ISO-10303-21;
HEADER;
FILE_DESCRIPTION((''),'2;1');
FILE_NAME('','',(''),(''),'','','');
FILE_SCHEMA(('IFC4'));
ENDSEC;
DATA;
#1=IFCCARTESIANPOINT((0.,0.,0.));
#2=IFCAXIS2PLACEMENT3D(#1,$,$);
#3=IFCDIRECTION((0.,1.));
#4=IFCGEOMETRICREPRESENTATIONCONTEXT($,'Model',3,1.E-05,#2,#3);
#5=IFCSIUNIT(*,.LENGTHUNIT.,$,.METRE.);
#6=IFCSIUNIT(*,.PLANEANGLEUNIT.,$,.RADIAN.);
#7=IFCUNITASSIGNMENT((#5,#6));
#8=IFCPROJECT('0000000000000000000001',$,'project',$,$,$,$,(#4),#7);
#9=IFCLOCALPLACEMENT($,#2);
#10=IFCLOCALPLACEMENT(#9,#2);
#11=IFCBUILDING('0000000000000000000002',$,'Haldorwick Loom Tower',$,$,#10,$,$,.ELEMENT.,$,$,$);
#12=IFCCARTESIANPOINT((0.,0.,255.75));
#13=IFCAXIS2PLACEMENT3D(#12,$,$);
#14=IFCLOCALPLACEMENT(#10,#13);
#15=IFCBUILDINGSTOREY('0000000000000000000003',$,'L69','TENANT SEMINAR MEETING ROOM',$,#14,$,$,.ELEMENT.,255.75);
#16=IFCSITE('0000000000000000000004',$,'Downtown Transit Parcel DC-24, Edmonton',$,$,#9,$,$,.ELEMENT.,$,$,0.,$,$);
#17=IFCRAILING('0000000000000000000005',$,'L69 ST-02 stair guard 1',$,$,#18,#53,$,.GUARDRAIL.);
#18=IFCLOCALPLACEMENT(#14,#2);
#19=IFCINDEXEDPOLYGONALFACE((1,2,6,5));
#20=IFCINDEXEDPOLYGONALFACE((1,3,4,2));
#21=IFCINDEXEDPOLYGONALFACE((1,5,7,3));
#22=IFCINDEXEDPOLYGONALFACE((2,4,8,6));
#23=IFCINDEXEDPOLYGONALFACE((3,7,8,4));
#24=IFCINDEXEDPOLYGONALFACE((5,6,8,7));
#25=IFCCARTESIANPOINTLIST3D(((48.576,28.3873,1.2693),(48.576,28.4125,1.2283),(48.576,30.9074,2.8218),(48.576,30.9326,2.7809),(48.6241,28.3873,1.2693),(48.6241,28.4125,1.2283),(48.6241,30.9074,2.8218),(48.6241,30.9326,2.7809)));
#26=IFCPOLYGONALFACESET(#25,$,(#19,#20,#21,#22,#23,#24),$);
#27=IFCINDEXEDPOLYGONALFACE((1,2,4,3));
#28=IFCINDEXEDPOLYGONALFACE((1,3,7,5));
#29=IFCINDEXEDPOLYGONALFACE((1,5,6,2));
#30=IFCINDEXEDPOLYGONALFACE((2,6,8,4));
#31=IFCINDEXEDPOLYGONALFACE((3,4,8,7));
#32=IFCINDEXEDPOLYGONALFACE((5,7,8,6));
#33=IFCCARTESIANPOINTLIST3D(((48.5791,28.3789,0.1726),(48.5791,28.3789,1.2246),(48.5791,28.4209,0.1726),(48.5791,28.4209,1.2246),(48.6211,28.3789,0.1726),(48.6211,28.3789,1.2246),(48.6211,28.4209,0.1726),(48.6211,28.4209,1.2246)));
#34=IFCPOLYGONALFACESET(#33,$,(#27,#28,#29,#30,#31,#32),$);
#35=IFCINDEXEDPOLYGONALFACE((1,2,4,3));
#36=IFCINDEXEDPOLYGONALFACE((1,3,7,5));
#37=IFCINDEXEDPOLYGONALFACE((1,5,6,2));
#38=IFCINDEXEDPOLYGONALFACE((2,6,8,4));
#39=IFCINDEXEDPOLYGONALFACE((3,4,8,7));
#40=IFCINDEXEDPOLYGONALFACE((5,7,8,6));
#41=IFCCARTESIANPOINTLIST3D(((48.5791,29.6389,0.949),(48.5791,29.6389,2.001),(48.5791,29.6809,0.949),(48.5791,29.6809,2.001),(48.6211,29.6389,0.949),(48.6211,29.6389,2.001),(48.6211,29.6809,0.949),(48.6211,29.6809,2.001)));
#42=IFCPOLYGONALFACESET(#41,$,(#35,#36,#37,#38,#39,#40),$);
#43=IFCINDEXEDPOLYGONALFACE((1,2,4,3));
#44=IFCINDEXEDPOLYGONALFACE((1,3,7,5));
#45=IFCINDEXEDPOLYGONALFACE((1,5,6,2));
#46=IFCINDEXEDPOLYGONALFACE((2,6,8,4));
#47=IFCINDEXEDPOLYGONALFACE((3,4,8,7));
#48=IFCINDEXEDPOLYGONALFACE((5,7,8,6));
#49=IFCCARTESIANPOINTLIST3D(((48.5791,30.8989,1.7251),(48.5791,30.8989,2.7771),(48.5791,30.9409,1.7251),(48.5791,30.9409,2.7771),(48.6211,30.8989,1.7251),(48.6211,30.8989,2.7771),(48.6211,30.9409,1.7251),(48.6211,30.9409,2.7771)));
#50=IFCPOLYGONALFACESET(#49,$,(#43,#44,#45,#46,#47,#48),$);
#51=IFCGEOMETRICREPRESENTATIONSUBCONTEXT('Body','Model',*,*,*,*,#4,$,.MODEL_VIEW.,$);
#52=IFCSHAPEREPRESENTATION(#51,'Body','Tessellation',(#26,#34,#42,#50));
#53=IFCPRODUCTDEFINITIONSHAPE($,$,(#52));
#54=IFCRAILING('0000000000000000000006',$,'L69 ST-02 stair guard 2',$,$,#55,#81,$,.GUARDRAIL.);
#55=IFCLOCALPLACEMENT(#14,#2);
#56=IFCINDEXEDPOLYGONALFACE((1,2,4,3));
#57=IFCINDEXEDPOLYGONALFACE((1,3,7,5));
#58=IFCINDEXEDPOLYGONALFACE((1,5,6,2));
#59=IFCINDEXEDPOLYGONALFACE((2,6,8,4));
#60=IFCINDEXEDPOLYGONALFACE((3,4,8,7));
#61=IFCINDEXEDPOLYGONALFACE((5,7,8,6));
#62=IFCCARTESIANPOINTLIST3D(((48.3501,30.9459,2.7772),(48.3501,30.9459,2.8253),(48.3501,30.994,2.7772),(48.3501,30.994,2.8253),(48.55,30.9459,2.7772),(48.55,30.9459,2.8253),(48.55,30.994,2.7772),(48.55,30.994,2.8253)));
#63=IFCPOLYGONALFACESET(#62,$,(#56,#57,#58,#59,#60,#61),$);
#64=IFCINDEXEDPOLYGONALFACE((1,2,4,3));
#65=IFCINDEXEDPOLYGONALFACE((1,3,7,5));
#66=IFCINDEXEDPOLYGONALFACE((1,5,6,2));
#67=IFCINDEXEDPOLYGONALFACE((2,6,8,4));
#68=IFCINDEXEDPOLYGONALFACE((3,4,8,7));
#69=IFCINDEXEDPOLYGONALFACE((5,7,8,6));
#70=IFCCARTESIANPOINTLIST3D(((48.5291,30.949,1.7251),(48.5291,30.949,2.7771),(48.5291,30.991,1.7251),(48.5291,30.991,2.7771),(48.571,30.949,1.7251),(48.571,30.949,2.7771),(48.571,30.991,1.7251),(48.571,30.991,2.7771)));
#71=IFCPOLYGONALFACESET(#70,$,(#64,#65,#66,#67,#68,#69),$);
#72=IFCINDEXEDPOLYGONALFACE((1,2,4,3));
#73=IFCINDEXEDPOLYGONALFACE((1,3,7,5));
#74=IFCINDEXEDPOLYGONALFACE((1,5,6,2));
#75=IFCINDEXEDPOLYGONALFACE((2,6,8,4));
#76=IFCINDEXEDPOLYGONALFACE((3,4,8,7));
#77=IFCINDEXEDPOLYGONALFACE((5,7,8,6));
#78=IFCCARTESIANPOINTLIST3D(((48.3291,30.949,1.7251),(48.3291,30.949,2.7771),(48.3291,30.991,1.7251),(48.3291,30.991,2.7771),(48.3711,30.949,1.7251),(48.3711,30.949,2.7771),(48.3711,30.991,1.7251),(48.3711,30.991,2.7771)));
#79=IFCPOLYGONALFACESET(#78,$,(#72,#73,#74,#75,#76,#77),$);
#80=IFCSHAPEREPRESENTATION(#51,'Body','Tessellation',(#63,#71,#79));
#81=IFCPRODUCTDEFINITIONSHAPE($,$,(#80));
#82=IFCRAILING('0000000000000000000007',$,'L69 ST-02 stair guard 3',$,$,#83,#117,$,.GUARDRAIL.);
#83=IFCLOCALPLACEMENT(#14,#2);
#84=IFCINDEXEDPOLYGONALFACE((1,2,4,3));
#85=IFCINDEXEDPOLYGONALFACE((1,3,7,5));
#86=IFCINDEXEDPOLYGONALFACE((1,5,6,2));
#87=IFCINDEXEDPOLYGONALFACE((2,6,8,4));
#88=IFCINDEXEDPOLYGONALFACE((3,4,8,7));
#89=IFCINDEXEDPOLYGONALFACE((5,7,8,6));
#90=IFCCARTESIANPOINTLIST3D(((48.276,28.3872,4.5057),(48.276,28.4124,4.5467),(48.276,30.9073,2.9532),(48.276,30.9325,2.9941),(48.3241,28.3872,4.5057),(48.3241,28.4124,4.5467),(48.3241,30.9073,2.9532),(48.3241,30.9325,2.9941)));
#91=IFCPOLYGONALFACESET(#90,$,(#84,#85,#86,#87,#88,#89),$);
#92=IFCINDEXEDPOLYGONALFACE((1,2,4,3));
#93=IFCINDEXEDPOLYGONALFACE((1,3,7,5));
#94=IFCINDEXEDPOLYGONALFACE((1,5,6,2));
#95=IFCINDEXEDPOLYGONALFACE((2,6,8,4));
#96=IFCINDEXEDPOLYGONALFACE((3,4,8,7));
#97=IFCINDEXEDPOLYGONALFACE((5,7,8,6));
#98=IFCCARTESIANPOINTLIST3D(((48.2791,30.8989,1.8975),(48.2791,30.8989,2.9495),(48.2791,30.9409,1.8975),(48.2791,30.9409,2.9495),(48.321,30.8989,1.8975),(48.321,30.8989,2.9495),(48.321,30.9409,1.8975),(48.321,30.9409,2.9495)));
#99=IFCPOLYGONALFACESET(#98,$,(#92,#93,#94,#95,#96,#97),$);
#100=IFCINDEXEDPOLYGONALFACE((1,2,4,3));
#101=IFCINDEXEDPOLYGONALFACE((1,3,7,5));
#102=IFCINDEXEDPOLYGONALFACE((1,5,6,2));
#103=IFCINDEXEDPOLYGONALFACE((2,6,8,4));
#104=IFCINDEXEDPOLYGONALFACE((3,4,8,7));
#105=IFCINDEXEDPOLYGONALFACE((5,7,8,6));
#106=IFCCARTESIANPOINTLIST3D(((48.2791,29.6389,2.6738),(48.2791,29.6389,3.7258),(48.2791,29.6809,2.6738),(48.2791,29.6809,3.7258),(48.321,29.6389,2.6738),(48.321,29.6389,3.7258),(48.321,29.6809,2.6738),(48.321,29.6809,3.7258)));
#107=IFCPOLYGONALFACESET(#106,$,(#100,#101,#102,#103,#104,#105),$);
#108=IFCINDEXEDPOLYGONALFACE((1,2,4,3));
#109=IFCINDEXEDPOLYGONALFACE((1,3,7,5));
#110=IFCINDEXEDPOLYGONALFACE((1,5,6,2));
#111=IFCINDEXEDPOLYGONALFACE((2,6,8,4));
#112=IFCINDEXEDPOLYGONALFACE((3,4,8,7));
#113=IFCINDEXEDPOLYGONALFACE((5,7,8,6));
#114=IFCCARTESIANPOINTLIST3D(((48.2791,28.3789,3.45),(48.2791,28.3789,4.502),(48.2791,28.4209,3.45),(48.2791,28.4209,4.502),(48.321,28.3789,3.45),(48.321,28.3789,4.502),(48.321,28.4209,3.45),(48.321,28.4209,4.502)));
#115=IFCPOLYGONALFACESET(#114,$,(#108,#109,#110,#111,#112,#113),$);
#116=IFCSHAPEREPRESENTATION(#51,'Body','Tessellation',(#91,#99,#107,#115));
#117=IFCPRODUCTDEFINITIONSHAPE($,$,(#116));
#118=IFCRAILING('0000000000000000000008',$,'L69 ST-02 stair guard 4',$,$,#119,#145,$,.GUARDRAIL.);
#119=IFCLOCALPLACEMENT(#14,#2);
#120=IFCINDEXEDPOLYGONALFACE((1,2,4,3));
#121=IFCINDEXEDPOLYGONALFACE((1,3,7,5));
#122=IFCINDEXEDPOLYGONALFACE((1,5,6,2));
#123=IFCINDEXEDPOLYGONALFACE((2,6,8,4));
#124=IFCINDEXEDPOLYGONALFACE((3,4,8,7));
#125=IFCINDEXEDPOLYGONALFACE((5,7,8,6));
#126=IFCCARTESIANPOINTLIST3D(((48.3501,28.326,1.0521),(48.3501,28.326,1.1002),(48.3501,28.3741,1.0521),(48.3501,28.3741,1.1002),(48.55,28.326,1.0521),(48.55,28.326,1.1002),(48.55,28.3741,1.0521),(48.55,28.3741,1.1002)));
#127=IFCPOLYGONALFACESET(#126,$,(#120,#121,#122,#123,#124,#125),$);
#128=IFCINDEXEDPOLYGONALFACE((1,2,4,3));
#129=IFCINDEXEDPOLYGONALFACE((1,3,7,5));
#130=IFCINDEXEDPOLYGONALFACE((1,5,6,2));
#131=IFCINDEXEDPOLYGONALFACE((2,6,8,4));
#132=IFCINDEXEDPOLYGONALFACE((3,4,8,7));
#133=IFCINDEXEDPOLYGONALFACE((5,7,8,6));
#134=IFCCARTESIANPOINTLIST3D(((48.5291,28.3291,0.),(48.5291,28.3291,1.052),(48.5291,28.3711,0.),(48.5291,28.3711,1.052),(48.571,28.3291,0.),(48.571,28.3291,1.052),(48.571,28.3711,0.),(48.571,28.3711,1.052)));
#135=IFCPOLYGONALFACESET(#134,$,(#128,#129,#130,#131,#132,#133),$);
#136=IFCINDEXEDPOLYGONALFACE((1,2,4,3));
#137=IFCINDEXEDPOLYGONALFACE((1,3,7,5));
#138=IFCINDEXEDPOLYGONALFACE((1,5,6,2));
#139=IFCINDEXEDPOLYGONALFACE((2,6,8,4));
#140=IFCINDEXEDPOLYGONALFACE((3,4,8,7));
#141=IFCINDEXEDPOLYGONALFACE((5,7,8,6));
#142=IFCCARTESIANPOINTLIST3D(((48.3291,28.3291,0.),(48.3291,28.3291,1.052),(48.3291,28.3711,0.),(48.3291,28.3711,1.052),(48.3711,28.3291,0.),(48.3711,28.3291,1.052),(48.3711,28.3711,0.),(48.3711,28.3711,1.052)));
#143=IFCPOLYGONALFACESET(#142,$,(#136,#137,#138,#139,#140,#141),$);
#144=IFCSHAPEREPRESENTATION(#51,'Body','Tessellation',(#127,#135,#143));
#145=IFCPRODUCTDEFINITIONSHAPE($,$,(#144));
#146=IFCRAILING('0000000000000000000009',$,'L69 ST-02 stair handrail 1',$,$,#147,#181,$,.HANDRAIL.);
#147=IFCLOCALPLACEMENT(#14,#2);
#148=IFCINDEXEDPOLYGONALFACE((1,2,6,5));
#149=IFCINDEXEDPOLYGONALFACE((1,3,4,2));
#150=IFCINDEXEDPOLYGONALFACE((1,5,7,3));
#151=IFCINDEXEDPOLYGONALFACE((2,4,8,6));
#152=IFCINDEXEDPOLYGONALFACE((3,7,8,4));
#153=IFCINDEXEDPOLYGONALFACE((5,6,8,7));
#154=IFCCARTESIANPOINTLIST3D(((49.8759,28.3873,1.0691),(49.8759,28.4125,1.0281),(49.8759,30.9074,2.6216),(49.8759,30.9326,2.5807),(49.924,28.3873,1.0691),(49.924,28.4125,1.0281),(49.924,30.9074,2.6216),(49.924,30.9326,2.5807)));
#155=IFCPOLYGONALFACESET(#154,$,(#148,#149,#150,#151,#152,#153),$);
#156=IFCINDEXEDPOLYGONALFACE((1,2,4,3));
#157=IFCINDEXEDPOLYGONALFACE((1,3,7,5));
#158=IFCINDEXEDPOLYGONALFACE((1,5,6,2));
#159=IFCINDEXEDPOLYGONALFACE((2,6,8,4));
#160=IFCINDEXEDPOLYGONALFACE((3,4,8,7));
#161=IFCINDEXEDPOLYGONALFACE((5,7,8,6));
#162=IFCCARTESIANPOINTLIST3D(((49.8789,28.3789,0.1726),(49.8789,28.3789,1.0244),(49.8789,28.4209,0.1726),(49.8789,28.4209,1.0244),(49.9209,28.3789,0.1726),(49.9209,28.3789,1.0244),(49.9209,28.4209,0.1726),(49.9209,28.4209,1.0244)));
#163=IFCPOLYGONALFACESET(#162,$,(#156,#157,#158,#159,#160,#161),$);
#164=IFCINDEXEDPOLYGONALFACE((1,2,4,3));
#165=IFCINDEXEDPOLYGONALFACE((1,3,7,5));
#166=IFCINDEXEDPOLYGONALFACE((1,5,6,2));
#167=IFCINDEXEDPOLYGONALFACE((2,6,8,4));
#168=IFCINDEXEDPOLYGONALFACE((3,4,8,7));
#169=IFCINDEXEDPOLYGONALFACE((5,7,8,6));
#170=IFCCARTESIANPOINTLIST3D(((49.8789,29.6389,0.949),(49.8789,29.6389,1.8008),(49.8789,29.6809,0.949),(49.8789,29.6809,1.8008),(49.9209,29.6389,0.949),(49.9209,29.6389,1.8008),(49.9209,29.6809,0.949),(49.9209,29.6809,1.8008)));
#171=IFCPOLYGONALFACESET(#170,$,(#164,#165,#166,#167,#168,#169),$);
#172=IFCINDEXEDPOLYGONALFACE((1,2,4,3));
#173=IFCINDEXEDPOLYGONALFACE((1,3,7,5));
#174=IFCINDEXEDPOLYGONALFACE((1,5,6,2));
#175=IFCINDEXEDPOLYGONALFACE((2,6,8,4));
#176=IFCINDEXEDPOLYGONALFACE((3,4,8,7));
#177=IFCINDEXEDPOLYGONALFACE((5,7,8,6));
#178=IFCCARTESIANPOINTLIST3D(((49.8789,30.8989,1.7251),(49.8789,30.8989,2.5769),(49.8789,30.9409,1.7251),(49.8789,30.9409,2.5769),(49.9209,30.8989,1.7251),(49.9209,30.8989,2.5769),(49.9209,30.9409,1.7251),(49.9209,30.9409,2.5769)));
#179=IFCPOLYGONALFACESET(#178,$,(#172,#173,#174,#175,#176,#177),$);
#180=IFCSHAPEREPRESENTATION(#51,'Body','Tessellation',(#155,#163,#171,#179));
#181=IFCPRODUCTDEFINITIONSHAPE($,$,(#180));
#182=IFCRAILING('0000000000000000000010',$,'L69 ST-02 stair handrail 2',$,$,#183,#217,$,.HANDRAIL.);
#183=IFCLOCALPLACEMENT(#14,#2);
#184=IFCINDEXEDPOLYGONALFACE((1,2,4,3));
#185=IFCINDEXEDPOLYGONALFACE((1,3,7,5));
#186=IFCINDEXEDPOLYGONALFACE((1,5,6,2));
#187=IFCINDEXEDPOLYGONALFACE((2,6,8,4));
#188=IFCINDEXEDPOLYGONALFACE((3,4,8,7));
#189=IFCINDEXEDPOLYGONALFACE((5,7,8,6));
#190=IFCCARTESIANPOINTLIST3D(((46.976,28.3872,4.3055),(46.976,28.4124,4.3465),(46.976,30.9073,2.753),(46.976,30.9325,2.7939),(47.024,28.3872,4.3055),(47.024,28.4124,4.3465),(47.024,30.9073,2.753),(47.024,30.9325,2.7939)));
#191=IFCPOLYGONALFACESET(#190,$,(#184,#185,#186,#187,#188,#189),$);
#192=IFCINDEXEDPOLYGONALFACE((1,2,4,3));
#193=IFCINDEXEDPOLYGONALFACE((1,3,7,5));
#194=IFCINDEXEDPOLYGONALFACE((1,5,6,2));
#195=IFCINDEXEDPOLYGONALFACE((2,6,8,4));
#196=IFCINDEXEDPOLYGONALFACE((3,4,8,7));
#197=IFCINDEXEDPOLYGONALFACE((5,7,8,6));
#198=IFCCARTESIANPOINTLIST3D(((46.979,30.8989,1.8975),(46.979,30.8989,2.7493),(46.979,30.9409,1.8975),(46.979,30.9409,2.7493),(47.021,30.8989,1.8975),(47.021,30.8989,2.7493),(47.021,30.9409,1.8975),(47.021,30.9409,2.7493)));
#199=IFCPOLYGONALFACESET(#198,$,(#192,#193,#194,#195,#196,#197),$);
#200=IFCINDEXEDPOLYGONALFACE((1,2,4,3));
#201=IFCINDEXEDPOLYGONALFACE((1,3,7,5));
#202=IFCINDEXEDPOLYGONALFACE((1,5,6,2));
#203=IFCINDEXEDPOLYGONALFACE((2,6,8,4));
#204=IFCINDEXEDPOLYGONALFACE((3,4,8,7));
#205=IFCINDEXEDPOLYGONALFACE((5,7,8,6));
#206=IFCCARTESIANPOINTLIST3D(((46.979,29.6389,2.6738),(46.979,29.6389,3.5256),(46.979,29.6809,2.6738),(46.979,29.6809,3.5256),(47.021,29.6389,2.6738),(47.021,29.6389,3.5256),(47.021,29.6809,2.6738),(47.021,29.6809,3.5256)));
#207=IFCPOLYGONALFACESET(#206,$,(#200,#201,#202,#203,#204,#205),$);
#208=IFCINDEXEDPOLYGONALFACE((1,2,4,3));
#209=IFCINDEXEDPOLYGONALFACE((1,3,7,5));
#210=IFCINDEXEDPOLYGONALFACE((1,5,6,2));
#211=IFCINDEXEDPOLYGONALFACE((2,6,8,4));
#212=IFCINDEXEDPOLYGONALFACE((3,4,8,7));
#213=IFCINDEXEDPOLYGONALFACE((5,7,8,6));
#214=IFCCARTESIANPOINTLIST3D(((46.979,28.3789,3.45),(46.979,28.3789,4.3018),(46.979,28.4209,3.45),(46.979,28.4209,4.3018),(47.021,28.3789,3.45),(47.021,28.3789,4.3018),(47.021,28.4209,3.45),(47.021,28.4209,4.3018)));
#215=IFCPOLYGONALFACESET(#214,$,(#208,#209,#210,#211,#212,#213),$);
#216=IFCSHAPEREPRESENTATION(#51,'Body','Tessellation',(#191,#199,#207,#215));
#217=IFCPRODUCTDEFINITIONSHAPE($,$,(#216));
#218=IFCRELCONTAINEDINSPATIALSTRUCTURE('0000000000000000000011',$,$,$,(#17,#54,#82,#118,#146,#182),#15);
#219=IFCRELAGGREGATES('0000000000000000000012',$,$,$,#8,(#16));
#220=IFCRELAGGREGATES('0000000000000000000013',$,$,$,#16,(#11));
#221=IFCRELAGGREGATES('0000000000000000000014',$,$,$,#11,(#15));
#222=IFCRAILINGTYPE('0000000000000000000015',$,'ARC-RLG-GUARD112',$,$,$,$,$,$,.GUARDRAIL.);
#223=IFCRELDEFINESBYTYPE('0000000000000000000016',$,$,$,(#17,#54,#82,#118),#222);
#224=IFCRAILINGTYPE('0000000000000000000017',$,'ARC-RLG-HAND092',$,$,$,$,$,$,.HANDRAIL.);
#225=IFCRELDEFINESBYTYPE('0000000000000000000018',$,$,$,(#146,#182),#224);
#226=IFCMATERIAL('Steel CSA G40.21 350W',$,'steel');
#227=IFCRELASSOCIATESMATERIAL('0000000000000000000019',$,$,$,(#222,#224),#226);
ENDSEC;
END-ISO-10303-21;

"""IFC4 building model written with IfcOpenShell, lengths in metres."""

from ifc_helpers import new_model, si_unit, direction, frame, origin, origin_2d, place, context, subcontext, project, spatial, rectangle, extrude, material, type_object, element, save


model = new_model("IFC4")

# Units and contexts
model_context = context("Model", 3, precision=1e-05, world=origin(), true_north=direction((0.0, 1.0)))
body_context = subcontext(model_context, "Body", "Model", "MODEL_VIEW")
ifc_project = project(units=[si_unit("LENGTHUNIT", "METRE"), si_unit("PLANEANGLEUNIT", "RADIAN")], contexts=[model_context])

# Site, building, storey
site_placement = place(None, origin())
site = spatial("IfcSite", under=ifc_project, at=site_placement, Name="Downtown Transit Parcel DC-24, Edmonton", CompositionType="ELEMENT", RefElevation=0.0)
building_placement = place(site_placement, origin())
building = spatial("IfcBuilding", under=site, at=building_placement, Name="Haldorwick Loom Tower", CompositionType="ELEMENT")
storey_placement = place(building_placement, frame((0.0, 0.0, 255.75)))
storey = spatial("IfcBuildingStorey", under=building, at=storey_placement, Name="L69", Description="TENANT SEMINAR MEETING ROOM", CompositionType="ELEMENT", Elevation=255.75)

# Shared definitions
ifc_material_1 = material(Name="Steel CSA G40.21 350W", Category="steel")

# Railings
railing_type_1 = type_object("IfcRailingType", Name="ARC-RLG-GUARD112", PredefinedType="GUARDRAIL", material=ifc_material_1)
railing_1_placement = place(storey_placement, frame((48.6001, 28.3999, 0.1726)))
element("IfcRailing", 1, at=railing_1_placement, inside=storey, type_object=railing_type_1, Name="L69 ST-02 stair guard 1", PredefinedType="GUARDRAIL", context=body_context, shape_type="SweptSolid", body=[
    extrude(rectangle(XDim=0.0481, YDim=0.0481, at=origin_2d()), frame((0.0, 0.0, 1.0762), z_axis=(0.0, 0.8514, 0.524516), x_axis=(-1.0, 0.0, 0.0)), (0.0, 0.0, 1.0), 2.96),
    extrude(rectangle(XDim=0.042, YDim=0.042, at=origin_2d()), origin(), (0.0, 0.0, 1.0), 1.052),
    extrude(rectangle(XDim=0.042, YDim=0.042, at=origin_2d()), frame((0.0, 1.26, 0.7764)), (0.0, 0.0, 1.0), 1.052),
    extrude(rectangle(XDim=0.042, YDim=0.042, at=origin_2d()), frame((0.0, 2.52, 1.5525)), (0.0, 0.0, 1.0), 1.052),
])
railing_2_placement = place(storey_placement, frame((48.55, 30.97, 1.7251)))
element("IfcRailing", 2, at=railing_2_placement, inside=storey, type_object=railing_type_1, Name="L69 ST-02 stair guard 2", PredefinedType="GUARDRAIL", context=body_context, shape_type="SweptSolid", body=[
    extrude(rectangle(XDim=0.0481, YDim=0.0481, at=origin_2d()), frame((0.0, 0.0, 1.0762), z_axis=(-1.0, 0.0, 0.0), x_axis=(0.0, -1.0, 0.0)), (0.0, 0.0, 1.0), 0.2),
    extrude(rectangle(XDim=0.042, YDim=0.042, at=origin_2d()), origin(), (0.0, 0.0, 1.0), 1.052),
    extrude(rectangle(XDim=0.042, YDim=0.042, at=origin_2d()), frame((-0.2, 0.0, 0.0)), (0.0, 0.0, 1.0), 1.052),
])
railing_3_placement = place(storey_placement, frame((48.3, 30.9199, 1.8975)))
element("IfcRailing", 3, at=railing_3_placement, inside=storey, type_object=railing_type_1, Name="L69 ST-02 stair guard 3", PredefinedType="GUARDRAIL", context=body_context, shape_type="SweptSolid", body=[
    extrude(rectangle(XDim=0.0481, YDim=0.0481, at=origin_2d()), frame((0.0, 0.0, 1.0762), z_axis=(0.0, -0.8514, 0.524516), x_axis=(1.0, 0.0, 0.0)), (0.0, 0.0, 1.0), 2.96),
    extrude(rectangle(XDim=0.042, YDim=0.042, at=origin_2d()), origin(), (0.0, 0.0, 1.0), 1.052),
    extrude(rectangle(XDim=0.042, YDim=0.042, at=origin_2d()), frame((0.0, -1.26, 0.7764)), (0.0, 0.0, 1.0), 1.052),
    extrude(rectangle(XDim=0.042, YDim=0.042, at=origin_2d()), frame((0.0, -2.52, 1.5525)), (0.0, 0.0, 1.0), 1.052),
])
railing_4_placement = place(storey_placement, frame((48.55, 28.3501, 0.0)))
element("IfcRailing", 4, at=railing_4_placement, inside=storey, type_object=railing_type_1, Name="L69 ST-02 stair guard 4", PredefinedType="GUARDRAIL", context=body_context, shape_type="SweptSolid", body=[
    extrude(rectangle(XDim=0.0481, YDim=0.0481, at=origin_2d()), frame((0.0, 0.0, 1.0762), z_axis=(-1.0, 0.0, 0.0), x_axis=(0.0, -1.0, 0.0)), (0.0, 0.0, 1.0), 0.2),
    extrude(rectangle(XDim=0.042, YDim=0.042, at=origin_2d()), origin(), (0.0, 0.0, 1.0), 1.052),
    extrude(rectangle(XDim=0.042, YDim=0.042, at=origin_2d()), frame((-0.2, 0.0, 0.0)), (0.0, 0.0, 1.0), 1.052),
])
railing_type_2 = type_object("IfcRailingType", Name="ARC-RLG-HAND092", PredefinedType="HANDRAIL", material=ifc_material_1)
railing_5_placement = place(storey_placement, frame((49.8999, 28.3999, 0.1726)))
element("IfcRailing", 5, at=railing_5_placement, inside=storey, type_object=railing_type_2, Name="L69 ST-02 stair handrail 1", PredefinedType="HANDRAIL", context=body_context, shape_type="SweptSolid", body=[
    extrude(rectangle(XDim=0.0481, YDim=0.0481, at=origin_2d()), frame((0.0, 0.0, 0.876), z_axis=(0.0, 0.8514, 0.524516), x_axis=(-1.0, 0.0, 0.0)), (0.0, 0.0, 1.0), 2.96),
    extrude(rectangle(XDim=0.042, YDim=0.042, at=origin_2d()), origin(), (0.0, 0.0, 1.0), 0.8518),
    extrude(rectangle(XDim=0.042, YDim=0.042, at=origin_2d()), frame((0.0, 1.26, 0.7764)), (0.0, 0.0, 1.0), 0.8518),
    extrude(rectangle(XDim=0.042, YDim=0.042, at=origin_2d()), frame((0.0, 2.52, 1.5525)), (0.0, 0.0, 1.0), 0.8518),
])
railing_6_placement = place(storey_placement, frame((47.0, 30.9199, 1.8975)))
element("IfcRailing", 6, at=railing_6_placement, inside=storey, type_object=railing_type_2, Name="L69 ST-02 stair handrail 2", PredefinedType="HANDRAIL", context=body_context, shape_type="SweptSolid", body=[
    extrude(rectangle(XDim=0.0481, YDim=0.0481, at=origin_2d()), frame((0.0, 0.0, 0.876), z_axis=(0.0, -0.8514, 0.524516), x_axis=(1.0, 0.0, 0.0)), (0.0, 0.0, 1.0), 2.96),
    extrude(rectangle(XDim=0.042, YDim=0.042, at=origin_2d()), origin(), (0.0, 0.0, 1.0), 0.8518),
    extrude(rectangle(XDim=0.042, YDim=0.042, at=origin_2d()), frame((0.0, -1.26, 0.7764)), (0.0, 0.0, 1.0), 0.8518),
    extrude(rectangle(XDim=0.042, YDim=0.042, at=origin_2d()), frame((0.0, -2.52, 1.5525)), (0.0, 0.0, 1.0), 0.8518),
])

save(model, "model.ifc")
